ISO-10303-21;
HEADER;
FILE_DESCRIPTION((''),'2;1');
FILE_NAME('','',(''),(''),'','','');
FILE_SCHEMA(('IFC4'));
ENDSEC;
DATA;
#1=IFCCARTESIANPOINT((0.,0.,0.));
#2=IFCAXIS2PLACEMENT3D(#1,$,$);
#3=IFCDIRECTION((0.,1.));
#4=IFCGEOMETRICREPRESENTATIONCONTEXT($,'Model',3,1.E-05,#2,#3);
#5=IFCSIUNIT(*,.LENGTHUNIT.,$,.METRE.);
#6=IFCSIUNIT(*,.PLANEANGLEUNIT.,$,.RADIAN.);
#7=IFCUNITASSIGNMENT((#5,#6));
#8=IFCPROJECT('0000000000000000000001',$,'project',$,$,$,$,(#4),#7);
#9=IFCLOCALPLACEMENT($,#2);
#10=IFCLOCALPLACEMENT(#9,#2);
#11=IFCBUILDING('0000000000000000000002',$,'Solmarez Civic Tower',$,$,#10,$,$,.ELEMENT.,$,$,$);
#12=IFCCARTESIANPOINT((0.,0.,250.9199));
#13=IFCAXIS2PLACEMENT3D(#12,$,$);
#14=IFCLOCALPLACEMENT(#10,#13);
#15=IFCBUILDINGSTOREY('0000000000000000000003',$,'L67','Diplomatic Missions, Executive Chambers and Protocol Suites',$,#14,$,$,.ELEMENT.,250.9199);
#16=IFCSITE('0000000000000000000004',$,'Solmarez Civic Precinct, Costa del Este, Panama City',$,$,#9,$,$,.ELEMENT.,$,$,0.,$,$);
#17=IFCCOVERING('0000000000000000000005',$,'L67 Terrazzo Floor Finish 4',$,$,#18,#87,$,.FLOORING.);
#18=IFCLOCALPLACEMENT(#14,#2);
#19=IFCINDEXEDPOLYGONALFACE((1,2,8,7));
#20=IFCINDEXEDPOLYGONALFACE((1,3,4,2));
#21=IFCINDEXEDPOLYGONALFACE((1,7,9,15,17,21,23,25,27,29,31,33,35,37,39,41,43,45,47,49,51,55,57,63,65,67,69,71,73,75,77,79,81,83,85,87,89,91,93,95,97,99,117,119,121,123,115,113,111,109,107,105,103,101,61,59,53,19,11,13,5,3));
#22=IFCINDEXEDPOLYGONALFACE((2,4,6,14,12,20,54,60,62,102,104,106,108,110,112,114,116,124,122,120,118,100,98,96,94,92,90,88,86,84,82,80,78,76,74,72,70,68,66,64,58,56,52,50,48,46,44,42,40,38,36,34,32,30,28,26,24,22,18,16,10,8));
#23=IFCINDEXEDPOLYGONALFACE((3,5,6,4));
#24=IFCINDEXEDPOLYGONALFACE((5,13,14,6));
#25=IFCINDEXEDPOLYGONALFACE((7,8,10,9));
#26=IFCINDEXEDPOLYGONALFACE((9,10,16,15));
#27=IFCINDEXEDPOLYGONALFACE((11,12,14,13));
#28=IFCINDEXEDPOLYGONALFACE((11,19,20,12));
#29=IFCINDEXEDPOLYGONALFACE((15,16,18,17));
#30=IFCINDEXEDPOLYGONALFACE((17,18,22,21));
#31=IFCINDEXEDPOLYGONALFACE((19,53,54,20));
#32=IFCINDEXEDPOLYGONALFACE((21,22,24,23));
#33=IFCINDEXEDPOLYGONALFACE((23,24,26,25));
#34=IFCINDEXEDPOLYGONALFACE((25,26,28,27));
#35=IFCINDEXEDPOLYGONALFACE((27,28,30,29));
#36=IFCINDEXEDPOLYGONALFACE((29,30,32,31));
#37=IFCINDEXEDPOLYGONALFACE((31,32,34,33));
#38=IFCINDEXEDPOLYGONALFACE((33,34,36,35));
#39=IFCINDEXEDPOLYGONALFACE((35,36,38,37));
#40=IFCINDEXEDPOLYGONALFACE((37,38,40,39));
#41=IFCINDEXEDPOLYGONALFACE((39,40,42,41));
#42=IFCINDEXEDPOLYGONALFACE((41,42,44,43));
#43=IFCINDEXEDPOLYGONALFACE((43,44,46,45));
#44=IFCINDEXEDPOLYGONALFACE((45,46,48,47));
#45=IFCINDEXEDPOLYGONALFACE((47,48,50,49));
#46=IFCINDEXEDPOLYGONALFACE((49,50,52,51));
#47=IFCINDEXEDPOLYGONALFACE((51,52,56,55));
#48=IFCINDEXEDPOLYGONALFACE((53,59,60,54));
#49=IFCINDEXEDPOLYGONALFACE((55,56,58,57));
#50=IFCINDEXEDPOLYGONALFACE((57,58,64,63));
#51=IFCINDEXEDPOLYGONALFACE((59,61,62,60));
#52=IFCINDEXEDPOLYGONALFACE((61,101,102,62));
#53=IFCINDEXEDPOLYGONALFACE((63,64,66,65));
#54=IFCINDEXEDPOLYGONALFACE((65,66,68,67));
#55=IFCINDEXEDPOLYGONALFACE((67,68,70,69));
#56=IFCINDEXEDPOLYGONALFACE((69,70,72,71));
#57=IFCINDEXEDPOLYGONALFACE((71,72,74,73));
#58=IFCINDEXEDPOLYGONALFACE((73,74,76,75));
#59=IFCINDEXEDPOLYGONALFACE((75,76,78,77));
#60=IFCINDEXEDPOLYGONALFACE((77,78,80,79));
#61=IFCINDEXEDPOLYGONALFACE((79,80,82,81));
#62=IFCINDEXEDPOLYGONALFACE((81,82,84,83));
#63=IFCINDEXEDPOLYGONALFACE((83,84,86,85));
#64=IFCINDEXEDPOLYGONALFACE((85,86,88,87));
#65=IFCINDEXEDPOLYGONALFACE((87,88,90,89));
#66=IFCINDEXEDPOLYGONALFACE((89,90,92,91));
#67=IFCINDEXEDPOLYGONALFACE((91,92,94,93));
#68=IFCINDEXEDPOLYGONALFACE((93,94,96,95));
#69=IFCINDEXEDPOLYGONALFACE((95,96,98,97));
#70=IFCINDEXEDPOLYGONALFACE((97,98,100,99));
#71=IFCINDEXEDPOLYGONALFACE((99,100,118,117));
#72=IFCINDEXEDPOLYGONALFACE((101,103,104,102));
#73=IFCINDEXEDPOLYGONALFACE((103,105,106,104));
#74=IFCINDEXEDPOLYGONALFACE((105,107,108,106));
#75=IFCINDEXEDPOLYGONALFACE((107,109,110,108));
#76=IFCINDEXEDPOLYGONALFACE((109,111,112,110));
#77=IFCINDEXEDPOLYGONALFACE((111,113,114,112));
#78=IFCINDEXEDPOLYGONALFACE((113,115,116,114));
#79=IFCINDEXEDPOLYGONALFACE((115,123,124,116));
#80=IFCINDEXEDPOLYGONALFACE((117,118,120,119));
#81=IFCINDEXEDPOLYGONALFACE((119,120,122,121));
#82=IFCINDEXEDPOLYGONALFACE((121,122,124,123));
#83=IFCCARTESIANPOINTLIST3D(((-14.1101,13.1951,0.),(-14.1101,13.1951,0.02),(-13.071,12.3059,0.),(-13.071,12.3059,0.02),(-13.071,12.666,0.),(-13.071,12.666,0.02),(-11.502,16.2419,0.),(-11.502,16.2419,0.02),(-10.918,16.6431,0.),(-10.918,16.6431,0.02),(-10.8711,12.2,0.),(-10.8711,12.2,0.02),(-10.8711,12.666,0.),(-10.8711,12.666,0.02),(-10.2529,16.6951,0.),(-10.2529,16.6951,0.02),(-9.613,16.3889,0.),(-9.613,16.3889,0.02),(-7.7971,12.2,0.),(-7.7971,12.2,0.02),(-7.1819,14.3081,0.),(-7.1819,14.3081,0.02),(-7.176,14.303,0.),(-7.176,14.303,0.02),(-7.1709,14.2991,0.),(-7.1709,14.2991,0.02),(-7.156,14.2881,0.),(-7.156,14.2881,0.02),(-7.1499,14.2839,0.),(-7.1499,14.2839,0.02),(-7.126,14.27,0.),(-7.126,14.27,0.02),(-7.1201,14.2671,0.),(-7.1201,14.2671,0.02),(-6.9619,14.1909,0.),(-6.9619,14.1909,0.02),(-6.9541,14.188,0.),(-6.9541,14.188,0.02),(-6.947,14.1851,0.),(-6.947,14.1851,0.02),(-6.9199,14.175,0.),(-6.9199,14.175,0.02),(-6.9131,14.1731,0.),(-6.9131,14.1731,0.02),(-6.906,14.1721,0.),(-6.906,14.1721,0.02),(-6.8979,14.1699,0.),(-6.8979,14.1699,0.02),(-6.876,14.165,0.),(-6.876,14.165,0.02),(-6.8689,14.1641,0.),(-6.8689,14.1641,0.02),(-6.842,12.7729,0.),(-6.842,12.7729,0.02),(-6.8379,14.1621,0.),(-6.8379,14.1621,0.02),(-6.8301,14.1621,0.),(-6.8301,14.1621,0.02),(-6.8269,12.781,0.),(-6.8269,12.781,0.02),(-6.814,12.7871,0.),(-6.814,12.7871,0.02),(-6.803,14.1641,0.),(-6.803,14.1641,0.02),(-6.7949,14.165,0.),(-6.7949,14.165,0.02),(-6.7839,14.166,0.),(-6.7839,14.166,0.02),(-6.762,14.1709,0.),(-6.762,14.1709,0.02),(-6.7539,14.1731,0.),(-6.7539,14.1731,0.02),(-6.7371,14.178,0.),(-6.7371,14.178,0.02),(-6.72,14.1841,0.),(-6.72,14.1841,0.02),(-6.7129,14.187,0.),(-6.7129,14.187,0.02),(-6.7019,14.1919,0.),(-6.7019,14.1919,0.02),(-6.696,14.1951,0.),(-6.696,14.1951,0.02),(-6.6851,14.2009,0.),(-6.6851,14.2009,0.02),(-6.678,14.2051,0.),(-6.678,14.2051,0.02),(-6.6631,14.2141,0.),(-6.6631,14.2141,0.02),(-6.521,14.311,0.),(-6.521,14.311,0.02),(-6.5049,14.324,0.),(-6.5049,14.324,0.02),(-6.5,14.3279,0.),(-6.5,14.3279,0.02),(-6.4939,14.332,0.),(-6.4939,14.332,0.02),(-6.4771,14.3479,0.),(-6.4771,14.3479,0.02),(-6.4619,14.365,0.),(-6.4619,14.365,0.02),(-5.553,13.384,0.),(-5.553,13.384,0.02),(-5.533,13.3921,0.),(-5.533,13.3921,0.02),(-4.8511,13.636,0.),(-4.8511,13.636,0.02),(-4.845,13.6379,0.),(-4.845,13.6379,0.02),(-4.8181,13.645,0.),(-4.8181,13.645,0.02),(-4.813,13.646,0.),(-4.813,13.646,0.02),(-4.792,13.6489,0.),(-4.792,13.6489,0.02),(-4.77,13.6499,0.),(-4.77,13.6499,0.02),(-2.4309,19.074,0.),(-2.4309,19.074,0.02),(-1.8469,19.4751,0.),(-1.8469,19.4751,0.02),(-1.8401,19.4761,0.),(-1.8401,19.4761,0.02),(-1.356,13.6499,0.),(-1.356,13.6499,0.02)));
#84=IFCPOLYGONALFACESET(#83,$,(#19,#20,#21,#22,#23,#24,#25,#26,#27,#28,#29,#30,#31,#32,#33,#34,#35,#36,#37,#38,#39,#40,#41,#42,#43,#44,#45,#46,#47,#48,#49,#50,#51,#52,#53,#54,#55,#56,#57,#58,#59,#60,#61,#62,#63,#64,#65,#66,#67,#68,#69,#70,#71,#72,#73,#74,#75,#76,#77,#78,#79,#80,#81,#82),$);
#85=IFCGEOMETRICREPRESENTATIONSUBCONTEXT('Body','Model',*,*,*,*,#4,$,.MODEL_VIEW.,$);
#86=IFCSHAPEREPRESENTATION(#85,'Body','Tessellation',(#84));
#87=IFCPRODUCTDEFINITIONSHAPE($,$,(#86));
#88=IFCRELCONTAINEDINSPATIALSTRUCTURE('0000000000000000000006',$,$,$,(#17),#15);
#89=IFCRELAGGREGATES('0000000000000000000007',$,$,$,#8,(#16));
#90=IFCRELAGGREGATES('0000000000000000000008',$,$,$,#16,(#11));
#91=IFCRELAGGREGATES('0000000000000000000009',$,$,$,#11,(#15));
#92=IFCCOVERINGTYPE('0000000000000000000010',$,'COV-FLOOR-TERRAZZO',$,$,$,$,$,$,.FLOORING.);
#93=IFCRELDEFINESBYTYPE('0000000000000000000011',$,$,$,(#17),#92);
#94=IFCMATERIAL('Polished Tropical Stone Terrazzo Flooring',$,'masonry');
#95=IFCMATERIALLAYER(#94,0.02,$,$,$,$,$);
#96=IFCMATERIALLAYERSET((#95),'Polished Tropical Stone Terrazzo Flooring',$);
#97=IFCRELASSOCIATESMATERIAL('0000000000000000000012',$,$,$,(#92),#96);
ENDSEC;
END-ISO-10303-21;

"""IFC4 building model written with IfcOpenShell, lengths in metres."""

from ifc_helpers import new_model, si_unit, direction, frame, origin, place, context, subcontext, project, spatial, polyline, outline, extrude, material, layer, layer_set, type_object, element, save


model = new_model("IFC4")

# Units and contexts
model_context = context("Model", 3, precision=1e-05, world=origin(), true_north=direction((0.0, 1.0)))
body_context = subcontext(model_context, "Body", "Model", "MODEL_VIEW")
ifc_project = project(units=[si_unit("LENGTHUNIT", "METRE"), si_unit("PLANEANGLEUNIT", "RADIAN")], contexts=[model_context])

# Site, building, storey
site_placement = place(None, origin())
site = spatial("IfcSite", under=ifc_project, at=site_placement, Name="Solmarez Civic Precinct, Costa del Este, Panama City", CompositionType="ELEMENT", RefElevation=0.0)
building_placement = place(site_placement, origin())
building = spatial("IfcBuilding", under=site, at=building_placement, Name="Solmarez Civic Tower", CompositionType="ELEMENT")
storey_placement = place(building_placement, frame((0.0, 0.0, 250.9199)))
storey = spatial("IfcBuildingStorey", under=building, at=storey_placement, Name="L67", Description="Diplomatic Missions, Executive Chambers and Protocol Suites", CompositionType="ELEMENT", Elevation=250.9199)

# Covering
ifc_material_1 = material(Name="Polished Tropical Stone Terrazzo Flooring", Category="masonry")
ifc_layer_1 = layer(ifc_material_1, 0.02)
ifc_layer_set_1 = layer_set([ifc_layer_1], Name="Polished Tropical Stone Terrazzo Flooring")
covering_type_1 = type_object("IfcCoveringType", Name="COV-FLOOR-TERRAZZO", PredefinedType="FLOORING", material=ifc_layer_set_1)
covering_1_placement = place(storey_placement, origin())
element("IfcCovering", 1, at=covering_1_placement, inside=storey, type_object=covering_type_1, Name="L67 Terrazzo Floor Finish 4", PredefinedType="FLOORING", context=body_context, shape_type="SweptSolid", body=[
    extrude(outline(polyline([(-13.071, 12.3059), (-13.071, 12.666), (-10.8711, 12.666), (-10.8711, 12.2), (-7.7971, 12.2), (-6.842, 12.7729), (-6.8269, 12.781), (-6.814, 12.7871), (-5.553, 13.384), (-5.533, 13.3921), (-4.8511, 13.636), (-4.845, 13.6379), (-4.8181, 13.645), (-4.813, 13.646), (-4.792, 13.6489), (-4.77, 13.6499), (-1.356, 13.6499), (-1.8401, 19.4761), (-1.8469, 19.4751), (-2.4309, 19.074), (-6.4619, 14.365), (-6.4771, 14.3479), (-6.4939, 14.332), (-6.5, 14.3279), (-6.5049, 14.324), (-6.521, 14.311), (-6.6631, 14.2141), (-6.678, 14.2051), (-6.6851, 14.2009), (-6.696, 14.1951), (-6.7019, 14.1919), (-6.7129, 14.187), (-6.72, 14.1841), (-6.7371, 14.178), (-6.7539, 14.1731), (-6.762, 14.1709), (-6.7839, 14.166), (-6.7949, 14.165), (-6.803, 14.1641), (-6.8301, 14.1621), (-6.8379, 14.1621), (-6.8689, 14.1641), (-6.876, 14.165), (-6.8979, 14.1699), (-6.906, 14.1721), (-6.9131, 14.1731), (-6.9199, 14.175), (-6.947, 14.1851), (-6.9541, 14.188), (-6.9619, 14.1909), (-7.1201, 14.2671), (-7.126, 14.27), (-7.1499, 14.2839), (-7.156, 14.2881), (-7.1709, 14.2991), (-7.176, 14.303), (-7.1819, 14.3081), (-9.613, 16.3889), (-10.2529, 16.6951), (-10.918, 16.6431), (-11.502, 16.2419), (-14.1101, 13.1951), (-13.071, 12.3059)])), origin(), (0.0, 0.0, 1.0), 0.02),
])

save(model, "model.ifc")
